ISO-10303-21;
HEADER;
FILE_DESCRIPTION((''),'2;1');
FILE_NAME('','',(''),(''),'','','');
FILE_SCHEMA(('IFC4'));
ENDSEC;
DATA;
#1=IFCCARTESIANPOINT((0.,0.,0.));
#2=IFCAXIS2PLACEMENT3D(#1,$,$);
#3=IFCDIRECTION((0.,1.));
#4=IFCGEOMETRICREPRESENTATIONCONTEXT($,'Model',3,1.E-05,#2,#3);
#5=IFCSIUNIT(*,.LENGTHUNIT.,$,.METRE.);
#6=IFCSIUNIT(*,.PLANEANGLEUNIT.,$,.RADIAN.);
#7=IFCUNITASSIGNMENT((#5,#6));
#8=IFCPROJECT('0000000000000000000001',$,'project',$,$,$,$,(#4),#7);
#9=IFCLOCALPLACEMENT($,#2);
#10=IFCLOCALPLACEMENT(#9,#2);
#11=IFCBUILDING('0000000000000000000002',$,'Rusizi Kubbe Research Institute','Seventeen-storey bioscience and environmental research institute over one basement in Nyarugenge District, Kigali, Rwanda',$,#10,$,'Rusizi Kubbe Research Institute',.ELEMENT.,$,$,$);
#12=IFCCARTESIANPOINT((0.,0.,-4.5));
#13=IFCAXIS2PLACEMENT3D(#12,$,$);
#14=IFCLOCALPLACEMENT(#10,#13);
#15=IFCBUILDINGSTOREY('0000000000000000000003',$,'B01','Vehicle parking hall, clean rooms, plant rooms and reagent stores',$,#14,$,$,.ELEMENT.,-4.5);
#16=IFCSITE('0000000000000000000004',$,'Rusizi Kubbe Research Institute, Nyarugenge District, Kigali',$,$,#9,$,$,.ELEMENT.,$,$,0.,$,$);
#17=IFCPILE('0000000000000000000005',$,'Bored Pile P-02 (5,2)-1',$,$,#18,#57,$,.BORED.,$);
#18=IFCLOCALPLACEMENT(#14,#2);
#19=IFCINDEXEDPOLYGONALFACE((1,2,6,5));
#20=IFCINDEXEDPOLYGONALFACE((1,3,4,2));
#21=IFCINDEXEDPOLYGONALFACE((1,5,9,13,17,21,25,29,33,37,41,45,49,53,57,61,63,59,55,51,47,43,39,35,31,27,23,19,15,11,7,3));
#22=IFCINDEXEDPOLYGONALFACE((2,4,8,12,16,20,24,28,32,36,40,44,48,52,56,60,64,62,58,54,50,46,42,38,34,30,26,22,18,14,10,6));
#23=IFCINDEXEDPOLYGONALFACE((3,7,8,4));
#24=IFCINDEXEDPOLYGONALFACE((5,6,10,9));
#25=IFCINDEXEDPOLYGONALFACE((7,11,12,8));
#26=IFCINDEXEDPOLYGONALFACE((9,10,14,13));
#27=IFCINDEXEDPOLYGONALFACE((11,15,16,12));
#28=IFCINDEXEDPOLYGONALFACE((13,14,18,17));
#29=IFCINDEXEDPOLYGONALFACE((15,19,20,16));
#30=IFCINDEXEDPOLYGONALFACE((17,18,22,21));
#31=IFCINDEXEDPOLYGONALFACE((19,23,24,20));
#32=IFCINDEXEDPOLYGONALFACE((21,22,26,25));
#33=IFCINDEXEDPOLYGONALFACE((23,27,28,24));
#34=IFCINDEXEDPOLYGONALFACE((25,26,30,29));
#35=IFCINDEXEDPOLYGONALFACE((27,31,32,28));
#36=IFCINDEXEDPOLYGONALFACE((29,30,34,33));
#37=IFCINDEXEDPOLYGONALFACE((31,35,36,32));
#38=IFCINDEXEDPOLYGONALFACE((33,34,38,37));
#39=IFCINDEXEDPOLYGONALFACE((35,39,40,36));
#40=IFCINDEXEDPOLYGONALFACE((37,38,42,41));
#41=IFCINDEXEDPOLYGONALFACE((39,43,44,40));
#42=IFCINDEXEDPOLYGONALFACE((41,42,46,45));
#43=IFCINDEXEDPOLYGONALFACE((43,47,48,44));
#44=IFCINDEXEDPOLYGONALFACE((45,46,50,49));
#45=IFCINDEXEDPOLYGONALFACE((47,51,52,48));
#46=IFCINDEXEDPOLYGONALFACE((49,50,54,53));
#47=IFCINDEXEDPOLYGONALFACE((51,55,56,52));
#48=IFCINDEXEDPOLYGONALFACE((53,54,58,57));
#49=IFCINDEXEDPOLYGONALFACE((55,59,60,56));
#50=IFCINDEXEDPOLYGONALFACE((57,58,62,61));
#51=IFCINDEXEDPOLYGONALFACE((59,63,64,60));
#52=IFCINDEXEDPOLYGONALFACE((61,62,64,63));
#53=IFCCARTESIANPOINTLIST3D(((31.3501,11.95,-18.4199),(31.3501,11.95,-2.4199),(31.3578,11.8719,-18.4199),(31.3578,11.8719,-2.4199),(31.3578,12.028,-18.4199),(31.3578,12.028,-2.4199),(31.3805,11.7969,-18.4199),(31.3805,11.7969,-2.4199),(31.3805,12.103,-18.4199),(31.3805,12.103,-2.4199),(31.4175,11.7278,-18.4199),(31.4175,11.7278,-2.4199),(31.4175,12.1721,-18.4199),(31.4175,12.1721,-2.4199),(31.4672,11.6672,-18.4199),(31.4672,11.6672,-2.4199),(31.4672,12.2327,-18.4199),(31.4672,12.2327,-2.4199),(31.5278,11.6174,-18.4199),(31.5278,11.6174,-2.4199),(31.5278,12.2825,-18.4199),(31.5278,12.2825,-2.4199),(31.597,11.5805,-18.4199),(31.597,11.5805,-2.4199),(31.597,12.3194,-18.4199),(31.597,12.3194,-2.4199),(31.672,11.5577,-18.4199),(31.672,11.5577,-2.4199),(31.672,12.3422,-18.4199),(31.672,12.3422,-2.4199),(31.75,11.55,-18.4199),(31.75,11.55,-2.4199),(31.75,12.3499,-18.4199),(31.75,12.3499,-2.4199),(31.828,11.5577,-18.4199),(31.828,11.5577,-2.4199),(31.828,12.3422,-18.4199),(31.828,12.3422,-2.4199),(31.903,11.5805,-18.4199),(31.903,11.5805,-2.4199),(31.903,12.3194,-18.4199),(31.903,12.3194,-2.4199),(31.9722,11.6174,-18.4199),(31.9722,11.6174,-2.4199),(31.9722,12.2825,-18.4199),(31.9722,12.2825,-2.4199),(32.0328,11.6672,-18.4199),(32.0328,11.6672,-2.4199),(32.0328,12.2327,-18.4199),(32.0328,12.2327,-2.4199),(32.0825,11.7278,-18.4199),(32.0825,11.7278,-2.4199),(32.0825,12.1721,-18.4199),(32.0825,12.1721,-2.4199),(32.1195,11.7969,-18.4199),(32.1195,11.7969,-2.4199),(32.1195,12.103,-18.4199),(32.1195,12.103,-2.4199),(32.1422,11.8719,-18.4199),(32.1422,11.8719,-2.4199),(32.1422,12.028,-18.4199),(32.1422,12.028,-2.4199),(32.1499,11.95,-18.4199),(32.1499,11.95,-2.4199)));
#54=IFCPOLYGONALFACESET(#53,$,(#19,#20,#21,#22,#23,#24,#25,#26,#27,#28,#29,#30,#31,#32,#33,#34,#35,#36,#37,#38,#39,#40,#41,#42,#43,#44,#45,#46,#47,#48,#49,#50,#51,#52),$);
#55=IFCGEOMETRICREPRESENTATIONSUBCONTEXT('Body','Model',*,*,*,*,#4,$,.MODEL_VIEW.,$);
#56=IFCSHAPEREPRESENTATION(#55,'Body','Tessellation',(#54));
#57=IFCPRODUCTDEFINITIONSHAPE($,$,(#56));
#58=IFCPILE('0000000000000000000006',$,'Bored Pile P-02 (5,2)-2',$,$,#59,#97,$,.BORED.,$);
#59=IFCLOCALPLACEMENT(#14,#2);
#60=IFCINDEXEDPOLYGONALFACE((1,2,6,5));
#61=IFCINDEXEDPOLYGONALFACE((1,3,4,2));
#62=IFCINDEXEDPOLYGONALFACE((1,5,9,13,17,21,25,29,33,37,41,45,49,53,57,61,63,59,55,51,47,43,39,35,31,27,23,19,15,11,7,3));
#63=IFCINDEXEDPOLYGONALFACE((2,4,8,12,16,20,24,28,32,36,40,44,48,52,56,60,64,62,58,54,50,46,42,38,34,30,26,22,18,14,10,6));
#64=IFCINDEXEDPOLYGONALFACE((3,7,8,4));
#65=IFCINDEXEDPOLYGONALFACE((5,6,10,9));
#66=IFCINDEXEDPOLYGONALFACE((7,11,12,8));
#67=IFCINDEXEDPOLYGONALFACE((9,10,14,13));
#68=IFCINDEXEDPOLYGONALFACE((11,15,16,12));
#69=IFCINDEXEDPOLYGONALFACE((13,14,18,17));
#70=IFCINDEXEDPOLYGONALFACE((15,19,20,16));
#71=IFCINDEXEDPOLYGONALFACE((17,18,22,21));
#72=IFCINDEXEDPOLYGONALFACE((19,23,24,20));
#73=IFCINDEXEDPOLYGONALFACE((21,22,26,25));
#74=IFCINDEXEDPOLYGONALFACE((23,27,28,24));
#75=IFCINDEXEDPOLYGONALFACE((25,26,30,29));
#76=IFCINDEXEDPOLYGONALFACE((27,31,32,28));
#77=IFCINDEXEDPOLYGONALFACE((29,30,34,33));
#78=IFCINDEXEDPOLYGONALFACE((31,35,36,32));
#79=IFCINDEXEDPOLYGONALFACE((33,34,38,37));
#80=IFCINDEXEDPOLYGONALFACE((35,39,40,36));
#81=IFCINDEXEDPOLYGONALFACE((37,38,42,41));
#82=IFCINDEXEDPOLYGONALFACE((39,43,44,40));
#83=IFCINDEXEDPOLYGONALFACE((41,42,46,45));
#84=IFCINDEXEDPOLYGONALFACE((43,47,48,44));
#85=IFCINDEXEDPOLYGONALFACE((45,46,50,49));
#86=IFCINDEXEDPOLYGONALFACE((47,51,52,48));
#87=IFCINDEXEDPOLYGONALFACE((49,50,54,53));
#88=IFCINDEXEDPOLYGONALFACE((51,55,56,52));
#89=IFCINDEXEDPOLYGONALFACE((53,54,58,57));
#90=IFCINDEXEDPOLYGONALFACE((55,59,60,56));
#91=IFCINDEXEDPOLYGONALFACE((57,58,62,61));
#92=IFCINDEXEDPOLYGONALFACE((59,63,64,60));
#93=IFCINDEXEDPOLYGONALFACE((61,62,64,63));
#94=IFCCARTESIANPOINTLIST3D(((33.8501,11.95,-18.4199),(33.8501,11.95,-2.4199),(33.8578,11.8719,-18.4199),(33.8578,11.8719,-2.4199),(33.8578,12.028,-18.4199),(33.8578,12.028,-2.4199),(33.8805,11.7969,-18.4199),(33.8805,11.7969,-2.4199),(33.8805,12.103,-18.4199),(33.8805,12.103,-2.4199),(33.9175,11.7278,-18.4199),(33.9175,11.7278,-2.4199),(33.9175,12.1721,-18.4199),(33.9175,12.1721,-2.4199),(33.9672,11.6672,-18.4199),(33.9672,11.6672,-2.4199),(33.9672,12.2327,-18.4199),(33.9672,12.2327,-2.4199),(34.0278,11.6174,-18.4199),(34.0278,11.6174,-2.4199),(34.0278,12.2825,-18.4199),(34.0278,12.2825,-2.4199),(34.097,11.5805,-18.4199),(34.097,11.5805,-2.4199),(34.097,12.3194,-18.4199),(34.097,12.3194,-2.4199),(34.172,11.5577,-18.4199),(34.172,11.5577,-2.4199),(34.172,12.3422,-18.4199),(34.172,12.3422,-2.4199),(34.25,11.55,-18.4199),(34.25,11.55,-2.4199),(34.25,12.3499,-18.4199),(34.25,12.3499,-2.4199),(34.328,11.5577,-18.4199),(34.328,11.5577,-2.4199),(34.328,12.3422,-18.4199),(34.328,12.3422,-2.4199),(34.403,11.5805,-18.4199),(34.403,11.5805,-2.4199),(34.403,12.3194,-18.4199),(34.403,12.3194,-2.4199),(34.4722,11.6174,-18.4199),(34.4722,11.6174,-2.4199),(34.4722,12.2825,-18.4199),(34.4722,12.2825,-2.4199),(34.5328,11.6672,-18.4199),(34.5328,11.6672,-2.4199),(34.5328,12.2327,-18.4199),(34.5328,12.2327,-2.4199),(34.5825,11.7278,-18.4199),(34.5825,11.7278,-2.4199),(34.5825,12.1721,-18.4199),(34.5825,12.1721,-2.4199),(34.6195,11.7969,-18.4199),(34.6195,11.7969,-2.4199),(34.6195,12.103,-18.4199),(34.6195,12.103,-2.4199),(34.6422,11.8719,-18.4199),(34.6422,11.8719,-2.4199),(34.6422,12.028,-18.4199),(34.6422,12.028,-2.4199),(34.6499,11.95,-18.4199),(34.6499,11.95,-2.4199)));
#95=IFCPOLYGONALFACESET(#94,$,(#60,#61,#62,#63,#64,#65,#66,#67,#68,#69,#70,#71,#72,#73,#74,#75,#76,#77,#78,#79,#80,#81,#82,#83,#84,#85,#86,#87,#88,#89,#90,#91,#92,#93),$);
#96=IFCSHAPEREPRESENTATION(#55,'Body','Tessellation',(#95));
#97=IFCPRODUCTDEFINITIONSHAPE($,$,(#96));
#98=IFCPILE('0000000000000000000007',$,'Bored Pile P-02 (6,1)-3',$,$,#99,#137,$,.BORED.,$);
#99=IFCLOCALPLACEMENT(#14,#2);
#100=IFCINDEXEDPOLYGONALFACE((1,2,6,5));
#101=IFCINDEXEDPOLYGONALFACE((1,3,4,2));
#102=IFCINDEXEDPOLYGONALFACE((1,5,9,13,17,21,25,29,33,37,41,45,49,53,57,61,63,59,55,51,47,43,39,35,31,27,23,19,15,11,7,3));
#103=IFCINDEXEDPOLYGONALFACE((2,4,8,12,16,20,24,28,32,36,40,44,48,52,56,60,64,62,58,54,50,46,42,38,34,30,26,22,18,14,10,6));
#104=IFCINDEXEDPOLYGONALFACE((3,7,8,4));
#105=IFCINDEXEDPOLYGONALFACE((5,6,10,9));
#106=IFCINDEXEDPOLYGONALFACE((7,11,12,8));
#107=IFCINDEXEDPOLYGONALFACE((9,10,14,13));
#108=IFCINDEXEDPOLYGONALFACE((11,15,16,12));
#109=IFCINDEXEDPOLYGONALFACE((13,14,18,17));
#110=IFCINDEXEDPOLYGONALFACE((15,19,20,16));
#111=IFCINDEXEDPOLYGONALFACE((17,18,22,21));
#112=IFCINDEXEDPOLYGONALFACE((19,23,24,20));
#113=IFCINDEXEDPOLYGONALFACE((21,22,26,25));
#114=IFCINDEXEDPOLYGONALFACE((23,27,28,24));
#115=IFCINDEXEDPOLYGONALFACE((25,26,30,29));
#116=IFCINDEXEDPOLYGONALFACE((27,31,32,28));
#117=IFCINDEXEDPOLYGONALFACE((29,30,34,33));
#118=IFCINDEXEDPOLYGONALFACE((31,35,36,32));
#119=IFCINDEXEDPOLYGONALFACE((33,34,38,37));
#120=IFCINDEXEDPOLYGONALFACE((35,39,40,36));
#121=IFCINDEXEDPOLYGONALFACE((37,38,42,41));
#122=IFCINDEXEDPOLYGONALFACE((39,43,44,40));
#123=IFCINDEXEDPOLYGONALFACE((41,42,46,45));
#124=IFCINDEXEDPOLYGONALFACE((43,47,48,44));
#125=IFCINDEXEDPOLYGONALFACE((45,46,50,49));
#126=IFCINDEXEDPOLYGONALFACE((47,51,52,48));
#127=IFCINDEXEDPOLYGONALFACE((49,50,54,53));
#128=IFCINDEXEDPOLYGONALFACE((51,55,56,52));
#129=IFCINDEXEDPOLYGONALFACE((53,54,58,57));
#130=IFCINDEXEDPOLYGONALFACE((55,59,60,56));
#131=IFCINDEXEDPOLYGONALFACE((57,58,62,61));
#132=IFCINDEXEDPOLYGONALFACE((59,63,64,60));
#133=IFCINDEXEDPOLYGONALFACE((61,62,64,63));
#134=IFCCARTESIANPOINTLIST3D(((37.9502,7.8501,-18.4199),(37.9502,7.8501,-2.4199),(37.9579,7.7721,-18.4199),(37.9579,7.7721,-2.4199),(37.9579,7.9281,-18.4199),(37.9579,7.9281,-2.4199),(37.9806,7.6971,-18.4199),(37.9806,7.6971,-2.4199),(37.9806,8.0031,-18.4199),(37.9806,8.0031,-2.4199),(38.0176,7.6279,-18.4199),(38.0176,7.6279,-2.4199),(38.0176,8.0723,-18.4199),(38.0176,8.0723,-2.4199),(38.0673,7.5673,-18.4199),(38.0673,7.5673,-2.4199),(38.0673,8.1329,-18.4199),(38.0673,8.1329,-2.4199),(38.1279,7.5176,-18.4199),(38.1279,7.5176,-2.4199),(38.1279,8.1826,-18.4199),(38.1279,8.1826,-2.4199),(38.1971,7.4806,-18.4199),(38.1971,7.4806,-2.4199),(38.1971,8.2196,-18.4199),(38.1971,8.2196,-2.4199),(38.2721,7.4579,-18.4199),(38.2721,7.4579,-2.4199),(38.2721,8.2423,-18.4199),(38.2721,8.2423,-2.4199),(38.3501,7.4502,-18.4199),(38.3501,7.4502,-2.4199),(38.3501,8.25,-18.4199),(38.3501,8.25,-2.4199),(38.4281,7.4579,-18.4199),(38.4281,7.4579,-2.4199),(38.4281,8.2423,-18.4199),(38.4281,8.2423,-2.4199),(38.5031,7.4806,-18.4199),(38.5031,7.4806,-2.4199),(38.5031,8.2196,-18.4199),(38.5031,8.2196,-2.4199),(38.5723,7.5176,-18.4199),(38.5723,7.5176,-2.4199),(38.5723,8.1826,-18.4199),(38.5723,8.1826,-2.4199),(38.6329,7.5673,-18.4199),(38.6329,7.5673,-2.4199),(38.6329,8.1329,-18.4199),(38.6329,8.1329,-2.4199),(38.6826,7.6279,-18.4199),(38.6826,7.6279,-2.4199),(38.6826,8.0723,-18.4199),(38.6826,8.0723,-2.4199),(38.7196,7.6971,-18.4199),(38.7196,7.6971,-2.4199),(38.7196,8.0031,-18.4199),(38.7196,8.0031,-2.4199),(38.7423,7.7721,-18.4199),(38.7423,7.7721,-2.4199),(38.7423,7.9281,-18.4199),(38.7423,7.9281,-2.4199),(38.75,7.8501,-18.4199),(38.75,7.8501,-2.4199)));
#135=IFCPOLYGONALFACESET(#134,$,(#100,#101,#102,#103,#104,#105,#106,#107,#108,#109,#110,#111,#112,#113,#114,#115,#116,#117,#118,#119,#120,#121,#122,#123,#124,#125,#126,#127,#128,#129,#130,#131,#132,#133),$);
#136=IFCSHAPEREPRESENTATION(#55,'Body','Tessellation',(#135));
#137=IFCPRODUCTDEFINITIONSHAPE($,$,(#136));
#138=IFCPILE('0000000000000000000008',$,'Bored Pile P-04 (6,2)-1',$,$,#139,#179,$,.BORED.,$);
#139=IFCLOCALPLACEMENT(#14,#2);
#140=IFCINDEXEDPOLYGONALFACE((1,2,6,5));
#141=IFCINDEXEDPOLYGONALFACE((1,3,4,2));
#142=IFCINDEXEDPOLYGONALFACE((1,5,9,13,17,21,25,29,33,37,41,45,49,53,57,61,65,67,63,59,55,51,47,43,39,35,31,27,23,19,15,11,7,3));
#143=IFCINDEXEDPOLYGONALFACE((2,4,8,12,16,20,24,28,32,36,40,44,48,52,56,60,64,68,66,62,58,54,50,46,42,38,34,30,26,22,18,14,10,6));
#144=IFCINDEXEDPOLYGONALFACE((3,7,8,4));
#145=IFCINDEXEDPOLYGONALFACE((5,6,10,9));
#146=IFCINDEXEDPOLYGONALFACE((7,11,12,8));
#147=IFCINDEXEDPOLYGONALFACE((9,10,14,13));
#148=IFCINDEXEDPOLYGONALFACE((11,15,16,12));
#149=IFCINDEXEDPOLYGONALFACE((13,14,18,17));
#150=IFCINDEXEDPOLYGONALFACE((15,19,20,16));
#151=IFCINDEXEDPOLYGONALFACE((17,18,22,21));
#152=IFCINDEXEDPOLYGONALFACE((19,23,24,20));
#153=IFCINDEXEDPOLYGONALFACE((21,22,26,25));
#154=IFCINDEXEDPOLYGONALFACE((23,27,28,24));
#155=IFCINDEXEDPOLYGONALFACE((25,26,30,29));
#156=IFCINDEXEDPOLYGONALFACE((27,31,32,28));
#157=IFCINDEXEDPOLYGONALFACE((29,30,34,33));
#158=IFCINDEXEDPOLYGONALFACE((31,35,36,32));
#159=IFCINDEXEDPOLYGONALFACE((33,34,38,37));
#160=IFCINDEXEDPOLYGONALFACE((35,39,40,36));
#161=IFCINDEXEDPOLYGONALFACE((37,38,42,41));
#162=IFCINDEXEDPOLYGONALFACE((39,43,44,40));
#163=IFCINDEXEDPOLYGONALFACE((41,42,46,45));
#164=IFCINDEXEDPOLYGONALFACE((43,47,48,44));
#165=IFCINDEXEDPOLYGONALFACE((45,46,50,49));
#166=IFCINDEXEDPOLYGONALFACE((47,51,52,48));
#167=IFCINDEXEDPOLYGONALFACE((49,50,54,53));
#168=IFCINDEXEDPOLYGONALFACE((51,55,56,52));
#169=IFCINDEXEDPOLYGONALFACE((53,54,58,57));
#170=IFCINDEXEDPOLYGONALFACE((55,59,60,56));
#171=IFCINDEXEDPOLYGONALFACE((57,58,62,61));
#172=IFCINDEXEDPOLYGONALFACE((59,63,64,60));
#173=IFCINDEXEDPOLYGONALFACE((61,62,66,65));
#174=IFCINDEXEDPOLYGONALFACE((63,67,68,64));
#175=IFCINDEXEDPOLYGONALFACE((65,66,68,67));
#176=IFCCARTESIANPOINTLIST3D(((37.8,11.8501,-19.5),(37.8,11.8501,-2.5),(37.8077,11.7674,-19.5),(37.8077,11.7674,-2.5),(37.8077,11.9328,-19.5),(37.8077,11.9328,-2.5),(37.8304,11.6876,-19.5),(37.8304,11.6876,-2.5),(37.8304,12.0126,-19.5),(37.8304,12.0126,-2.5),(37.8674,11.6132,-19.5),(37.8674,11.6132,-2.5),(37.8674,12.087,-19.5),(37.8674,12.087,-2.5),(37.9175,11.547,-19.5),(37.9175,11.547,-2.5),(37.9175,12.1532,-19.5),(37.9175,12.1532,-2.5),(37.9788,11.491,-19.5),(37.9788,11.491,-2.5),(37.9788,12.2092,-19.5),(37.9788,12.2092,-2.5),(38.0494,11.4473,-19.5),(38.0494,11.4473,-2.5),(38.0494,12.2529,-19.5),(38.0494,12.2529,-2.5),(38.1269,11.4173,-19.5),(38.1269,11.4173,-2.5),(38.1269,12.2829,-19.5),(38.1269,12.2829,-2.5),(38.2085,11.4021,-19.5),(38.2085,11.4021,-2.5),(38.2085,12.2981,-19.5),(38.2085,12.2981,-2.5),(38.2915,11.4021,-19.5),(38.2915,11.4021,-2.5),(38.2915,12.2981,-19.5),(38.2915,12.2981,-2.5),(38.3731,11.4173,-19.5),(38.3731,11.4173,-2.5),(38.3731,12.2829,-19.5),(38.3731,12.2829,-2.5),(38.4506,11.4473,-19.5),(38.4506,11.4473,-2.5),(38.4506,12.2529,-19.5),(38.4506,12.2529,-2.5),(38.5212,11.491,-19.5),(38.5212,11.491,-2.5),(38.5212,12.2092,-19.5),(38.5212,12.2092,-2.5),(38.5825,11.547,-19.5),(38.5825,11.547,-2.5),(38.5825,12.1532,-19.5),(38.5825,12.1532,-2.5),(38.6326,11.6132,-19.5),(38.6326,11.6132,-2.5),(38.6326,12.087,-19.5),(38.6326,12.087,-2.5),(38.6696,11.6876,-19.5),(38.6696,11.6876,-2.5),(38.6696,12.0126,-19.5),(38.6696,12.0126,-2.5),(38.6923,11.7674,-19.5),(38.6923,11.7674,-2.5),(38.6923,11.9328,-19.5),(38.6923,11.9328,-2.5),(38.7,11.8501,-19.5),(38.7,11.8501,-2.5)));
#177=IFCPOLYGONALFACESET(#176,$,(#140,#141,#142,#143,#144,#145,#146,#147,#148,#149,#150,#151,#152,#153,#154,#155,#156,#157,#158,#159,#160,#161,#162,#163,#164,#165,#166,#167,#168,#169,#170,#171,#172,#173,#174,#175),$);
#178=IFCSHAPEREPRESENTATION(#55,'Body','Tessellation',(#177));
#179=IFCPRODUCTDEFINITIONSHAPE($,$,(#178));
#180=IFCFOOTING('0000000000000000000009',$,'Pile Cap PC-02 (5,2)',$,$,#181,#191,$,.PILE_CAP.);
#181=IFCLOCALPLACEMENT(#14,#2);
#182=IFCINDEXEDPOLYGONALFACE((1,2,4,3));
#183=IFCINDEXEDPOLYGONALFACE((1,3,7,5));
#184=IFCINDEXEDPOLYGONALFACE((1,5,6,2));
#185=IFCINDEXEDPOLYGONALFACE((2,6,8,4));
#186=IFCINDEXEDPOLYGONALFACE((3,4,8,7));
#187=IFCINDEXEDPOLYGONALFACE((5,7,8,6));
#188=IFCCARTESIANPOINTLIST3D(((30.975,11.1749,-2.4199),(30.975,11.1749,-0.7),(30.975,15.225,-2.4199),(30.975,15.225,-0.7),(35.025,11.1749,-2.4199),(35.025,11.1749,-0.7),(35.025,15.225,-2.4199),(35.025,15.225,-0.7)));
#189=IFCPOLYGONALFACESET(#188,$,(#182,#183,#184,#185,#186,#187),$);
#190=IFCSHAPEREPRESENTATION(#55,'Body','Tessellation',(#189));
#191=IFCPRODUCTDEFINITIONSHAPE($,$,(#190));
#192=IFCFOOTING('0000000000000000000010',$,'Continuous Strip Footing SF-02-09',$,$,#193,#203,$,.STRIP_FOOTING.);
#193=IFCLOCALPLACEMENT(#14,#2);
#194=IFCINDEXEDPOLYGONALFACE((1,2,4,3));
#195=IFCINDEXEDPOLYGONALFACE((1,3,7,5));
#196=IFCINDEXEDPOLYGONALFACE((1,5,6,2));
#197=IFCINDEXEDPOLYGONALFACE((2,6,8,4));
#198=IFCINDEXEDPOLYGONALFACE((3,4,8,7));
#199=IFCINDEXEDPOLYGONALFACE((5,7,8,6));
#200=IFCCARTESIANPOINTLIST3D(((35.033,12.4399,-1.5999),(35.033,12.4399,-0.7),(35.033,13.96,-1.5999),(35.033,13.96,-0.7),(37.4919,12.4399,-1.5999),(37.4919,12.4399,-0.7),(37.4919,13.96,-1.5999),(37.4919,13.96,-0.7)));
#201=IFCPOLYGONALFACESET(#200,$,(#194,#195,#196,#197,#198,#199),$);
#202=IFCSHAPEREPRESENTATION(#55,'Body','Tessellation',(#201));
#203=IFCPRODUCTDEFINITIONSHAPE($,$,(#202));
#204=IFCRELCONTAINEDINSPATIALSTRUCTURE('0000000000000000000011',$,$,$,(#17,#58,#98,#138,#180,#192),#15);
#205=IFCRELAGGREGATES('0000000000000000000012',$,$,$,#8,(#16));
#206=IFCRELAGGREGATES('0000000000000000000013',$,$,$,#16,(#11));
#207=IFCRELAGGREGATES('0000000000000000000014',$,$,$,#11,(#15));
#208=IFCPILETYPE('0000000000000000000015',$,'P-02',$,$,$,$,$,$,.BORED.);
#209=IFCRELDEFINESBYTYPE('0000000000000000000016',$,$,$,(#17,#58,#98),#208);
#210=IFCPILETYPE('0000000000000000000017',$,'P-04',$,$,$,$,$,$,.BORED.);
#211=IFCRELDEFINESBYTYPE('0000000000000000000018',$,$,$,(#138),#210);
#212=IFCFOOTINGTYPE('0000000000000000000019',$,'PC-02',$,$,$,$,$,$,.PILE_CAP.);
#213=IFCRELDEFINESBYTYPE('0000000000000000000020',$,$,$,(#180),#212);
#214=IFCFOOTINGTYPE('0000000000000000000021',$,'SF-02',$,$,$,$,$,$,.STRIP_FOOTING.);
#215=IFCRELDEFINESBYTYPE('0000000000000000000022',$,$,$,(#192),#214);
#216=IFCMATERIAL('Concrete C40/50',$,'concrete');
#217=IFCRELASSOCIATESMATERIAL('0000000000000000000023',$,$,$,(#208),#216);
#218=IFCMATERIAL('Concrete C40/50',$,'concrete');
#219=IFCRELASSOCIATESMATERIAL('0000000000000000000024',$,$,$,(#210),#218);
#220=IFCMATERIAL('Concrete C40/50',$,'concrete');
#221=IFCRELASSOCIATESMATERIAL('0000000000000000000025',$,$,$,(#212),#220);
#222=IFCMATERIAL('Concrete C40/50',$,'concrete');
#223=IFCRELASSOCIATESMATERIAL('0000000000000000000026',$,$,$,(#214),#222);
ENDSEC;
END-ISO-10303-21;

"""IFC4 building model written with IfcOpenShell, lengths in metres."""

from ifc_helpers import new_model, si_unit, direction, frame, origin, origin_2d, place, context, subcontext, project, spatial, rectangle, circle, extrude, material, material_profile, profile_set, type_object, element, save


model = new_model("IFC4")

# Units and contexts
model_context = context("Model", 3, precision=1e-05, world=origin(), true_north=direction((0.0, 1.0)))
body_context = subcontext(model_context, "Body", "Model", "MODEL_VIEW")
ifc_project = project(units=[si_unit("LENGTHUNIT", "METRE"), si_unit("PLANEANGLEUNIT", "RADIAN")], contexts=[model_context])

# Site, building, storey
site_placement = place(None, origin())
site = spatial("IfcSite", under=ifc_project, at=site_placement, Name="Rusizi Kubbe Research Institute, Nyarugenge District, Kigali", CompositionType="ELEMENT", RefElevation=0.0)
building_placement = place(site_placement, origin())
building = spatial("IfcBuilding", under=site, at=building_placement, Name="Rusizi Kubbe Research Institute", Description="Seventeen-storey bioscience and environmental research institute over one basement in Nyarugenge District, Kigali, Rwanda", LongName="Rusizi Kubbe Research Institute", CompositionType="ELEMENT")
storey_placement = place(building_placement, frame((0.0, 0.0, -4.5)))
storey = spatial("IfcBuildingStorey", under=building, at=storey_placement, Name="B01", Description="Vehicle parking hall, clean rooms, plant rooms and reagent stores", CompositionType="ELEMENT", Elevation=-4.5)

# Piles
ifc_material_1 = material(Name="Concrete C40/50", Category="concrete")
ifc_material_profile_1 = material_profile(ifc_material_1, circle(Radius=0.3999, at=origin_2d()), Name="PILE-D800")
ifc_profile_set_1 = profile_set([ifc_material_profile_1], Name="Concrete C40/50")
pile_type_1 = type_object("IfcPileType", Name="P-02", PredefinedType="BORED", material=ifc_profile_set_1)
for number, where, z_axis, x_axis, name in (
    (1, (31.75, 11.95, -2.4199), (0.0, 0.0, -1.0), (1.0, 0.0, 0.0), "Bored Pile P-02 (5,2)-1"),
    (2, (34.25, 11.95, -2.4199), (0.0, 0.0, -1.0), (1.0, 0.0, 0.0), "Bored Pile P-02 (5,2)-2"),
    (3, (38.3501, 7.8501, -2.4199), (0.0, 0.0, -1.0), (1.0, 0.0, 0.0), "Bored Pile P-02 (6,1)-3"),
):
    element("IfcPile", number, at=place(storey_placement, frame(where, z_axis=z_axis, x_axis=x_axis)), inside=storey, type_object=pile_type_1, Name=name, PredefinedType="BORED", context=body_context, shape_type="SweptSolid", body=[
        extrude(circle(Radius=0.3999, at=origin_2d()), origin(), (0.0, 0.0, 1.0), 16.0),
    ])
ifc_material_2 = material(Name="Concrete C40/50", Category="concrete")
ifc_material_profile_2 = material_profile(ifc_material_2, circle(Radius=0.45, at=origin_2d()), Name="PILE-D900")
ifc_profile_set_2 = profile_set([ifc_material_profile_2], Name="Concrete C40/50")
pile_type_2 = type_object("IfcPileType", Name="P-04", PredefinedType="BORED", material=ifc_profile_set_2)
pile_placement = place(storey_placement, frame((38.25, 11.8501, -2.5), z_axis=(0.0, 0.0, -1.0), x_axis=(1.0, 0.0, 0.0)))
element("IfcPile", 4, at=pile_placement, inside=storey, type_object=pile_type_2, Name="Bored Pile P-04 (6,2)-1", PredefinedType="BORED", context=body_context, shape_type="SweptSolid", body=[
    extrude(circle(Radius=0.45, at=origin_2d()), origin(), (0.0, 0.0, 1.0), 17.0),
])

# Footings
ifc_material_3 = material(Name="Concrete C40/50", Category="concrete")
footing_type_1 = type_object("IfcFootingType", Name="PC-02", PredefinedType="PILE_CAP", material=ifc_material_3)
footing_1_placement = place(storey_placement, frame((33.0, 13.2, -2.4199), z_axis=(0.0, 0.0, 1.0), x_axis=(1.0, 0.0, 0.0)))
element("IfcFooting", 5, at=footing_1_placement, inside=storey, type_object=footing_type_1, Name="Pile Cap PC-02 (5,2)", PredefinedType="PILE_CAP", context=body_context, shape_type="SweptSolid", body=[
    extrude(rectangle(XDim=4.05, YDim=4.05, at=origin_2d()), origin(), (0.0, 0.0, 1.0), 1.72),
])
ifc_material_4 = material(Name="Concrete C40/50", Category="concrete")
footing_type_2 = type_object("IfcFootingType", Name="SF-02", PredefinedType="STRIP_FOOTING", material=ifc_material_4)
footing_2_placement = place(storey_placement, frame((36.2625, 13.2, -1.5999), z_axis=(0.0, 0.0, 1.0), x_axis=(1.0, 0.0, 0.0)))
element("IfcFooting", 6, at=footing_2_placement, inside=storey, type_object=footing_type_2, Name="Continuous Strip Footing SF-02-09", PredefinedType="STRIP_FOOTING", context=body_context, shape_type="SweptSolid", body=[
    extrude(rectangle(XDim=2.459, YDim=1.52, at=origin_2d()), origin(), (0.0, 0.0, 1.0), 0.8999),
])

save(model, "model.ifc")
